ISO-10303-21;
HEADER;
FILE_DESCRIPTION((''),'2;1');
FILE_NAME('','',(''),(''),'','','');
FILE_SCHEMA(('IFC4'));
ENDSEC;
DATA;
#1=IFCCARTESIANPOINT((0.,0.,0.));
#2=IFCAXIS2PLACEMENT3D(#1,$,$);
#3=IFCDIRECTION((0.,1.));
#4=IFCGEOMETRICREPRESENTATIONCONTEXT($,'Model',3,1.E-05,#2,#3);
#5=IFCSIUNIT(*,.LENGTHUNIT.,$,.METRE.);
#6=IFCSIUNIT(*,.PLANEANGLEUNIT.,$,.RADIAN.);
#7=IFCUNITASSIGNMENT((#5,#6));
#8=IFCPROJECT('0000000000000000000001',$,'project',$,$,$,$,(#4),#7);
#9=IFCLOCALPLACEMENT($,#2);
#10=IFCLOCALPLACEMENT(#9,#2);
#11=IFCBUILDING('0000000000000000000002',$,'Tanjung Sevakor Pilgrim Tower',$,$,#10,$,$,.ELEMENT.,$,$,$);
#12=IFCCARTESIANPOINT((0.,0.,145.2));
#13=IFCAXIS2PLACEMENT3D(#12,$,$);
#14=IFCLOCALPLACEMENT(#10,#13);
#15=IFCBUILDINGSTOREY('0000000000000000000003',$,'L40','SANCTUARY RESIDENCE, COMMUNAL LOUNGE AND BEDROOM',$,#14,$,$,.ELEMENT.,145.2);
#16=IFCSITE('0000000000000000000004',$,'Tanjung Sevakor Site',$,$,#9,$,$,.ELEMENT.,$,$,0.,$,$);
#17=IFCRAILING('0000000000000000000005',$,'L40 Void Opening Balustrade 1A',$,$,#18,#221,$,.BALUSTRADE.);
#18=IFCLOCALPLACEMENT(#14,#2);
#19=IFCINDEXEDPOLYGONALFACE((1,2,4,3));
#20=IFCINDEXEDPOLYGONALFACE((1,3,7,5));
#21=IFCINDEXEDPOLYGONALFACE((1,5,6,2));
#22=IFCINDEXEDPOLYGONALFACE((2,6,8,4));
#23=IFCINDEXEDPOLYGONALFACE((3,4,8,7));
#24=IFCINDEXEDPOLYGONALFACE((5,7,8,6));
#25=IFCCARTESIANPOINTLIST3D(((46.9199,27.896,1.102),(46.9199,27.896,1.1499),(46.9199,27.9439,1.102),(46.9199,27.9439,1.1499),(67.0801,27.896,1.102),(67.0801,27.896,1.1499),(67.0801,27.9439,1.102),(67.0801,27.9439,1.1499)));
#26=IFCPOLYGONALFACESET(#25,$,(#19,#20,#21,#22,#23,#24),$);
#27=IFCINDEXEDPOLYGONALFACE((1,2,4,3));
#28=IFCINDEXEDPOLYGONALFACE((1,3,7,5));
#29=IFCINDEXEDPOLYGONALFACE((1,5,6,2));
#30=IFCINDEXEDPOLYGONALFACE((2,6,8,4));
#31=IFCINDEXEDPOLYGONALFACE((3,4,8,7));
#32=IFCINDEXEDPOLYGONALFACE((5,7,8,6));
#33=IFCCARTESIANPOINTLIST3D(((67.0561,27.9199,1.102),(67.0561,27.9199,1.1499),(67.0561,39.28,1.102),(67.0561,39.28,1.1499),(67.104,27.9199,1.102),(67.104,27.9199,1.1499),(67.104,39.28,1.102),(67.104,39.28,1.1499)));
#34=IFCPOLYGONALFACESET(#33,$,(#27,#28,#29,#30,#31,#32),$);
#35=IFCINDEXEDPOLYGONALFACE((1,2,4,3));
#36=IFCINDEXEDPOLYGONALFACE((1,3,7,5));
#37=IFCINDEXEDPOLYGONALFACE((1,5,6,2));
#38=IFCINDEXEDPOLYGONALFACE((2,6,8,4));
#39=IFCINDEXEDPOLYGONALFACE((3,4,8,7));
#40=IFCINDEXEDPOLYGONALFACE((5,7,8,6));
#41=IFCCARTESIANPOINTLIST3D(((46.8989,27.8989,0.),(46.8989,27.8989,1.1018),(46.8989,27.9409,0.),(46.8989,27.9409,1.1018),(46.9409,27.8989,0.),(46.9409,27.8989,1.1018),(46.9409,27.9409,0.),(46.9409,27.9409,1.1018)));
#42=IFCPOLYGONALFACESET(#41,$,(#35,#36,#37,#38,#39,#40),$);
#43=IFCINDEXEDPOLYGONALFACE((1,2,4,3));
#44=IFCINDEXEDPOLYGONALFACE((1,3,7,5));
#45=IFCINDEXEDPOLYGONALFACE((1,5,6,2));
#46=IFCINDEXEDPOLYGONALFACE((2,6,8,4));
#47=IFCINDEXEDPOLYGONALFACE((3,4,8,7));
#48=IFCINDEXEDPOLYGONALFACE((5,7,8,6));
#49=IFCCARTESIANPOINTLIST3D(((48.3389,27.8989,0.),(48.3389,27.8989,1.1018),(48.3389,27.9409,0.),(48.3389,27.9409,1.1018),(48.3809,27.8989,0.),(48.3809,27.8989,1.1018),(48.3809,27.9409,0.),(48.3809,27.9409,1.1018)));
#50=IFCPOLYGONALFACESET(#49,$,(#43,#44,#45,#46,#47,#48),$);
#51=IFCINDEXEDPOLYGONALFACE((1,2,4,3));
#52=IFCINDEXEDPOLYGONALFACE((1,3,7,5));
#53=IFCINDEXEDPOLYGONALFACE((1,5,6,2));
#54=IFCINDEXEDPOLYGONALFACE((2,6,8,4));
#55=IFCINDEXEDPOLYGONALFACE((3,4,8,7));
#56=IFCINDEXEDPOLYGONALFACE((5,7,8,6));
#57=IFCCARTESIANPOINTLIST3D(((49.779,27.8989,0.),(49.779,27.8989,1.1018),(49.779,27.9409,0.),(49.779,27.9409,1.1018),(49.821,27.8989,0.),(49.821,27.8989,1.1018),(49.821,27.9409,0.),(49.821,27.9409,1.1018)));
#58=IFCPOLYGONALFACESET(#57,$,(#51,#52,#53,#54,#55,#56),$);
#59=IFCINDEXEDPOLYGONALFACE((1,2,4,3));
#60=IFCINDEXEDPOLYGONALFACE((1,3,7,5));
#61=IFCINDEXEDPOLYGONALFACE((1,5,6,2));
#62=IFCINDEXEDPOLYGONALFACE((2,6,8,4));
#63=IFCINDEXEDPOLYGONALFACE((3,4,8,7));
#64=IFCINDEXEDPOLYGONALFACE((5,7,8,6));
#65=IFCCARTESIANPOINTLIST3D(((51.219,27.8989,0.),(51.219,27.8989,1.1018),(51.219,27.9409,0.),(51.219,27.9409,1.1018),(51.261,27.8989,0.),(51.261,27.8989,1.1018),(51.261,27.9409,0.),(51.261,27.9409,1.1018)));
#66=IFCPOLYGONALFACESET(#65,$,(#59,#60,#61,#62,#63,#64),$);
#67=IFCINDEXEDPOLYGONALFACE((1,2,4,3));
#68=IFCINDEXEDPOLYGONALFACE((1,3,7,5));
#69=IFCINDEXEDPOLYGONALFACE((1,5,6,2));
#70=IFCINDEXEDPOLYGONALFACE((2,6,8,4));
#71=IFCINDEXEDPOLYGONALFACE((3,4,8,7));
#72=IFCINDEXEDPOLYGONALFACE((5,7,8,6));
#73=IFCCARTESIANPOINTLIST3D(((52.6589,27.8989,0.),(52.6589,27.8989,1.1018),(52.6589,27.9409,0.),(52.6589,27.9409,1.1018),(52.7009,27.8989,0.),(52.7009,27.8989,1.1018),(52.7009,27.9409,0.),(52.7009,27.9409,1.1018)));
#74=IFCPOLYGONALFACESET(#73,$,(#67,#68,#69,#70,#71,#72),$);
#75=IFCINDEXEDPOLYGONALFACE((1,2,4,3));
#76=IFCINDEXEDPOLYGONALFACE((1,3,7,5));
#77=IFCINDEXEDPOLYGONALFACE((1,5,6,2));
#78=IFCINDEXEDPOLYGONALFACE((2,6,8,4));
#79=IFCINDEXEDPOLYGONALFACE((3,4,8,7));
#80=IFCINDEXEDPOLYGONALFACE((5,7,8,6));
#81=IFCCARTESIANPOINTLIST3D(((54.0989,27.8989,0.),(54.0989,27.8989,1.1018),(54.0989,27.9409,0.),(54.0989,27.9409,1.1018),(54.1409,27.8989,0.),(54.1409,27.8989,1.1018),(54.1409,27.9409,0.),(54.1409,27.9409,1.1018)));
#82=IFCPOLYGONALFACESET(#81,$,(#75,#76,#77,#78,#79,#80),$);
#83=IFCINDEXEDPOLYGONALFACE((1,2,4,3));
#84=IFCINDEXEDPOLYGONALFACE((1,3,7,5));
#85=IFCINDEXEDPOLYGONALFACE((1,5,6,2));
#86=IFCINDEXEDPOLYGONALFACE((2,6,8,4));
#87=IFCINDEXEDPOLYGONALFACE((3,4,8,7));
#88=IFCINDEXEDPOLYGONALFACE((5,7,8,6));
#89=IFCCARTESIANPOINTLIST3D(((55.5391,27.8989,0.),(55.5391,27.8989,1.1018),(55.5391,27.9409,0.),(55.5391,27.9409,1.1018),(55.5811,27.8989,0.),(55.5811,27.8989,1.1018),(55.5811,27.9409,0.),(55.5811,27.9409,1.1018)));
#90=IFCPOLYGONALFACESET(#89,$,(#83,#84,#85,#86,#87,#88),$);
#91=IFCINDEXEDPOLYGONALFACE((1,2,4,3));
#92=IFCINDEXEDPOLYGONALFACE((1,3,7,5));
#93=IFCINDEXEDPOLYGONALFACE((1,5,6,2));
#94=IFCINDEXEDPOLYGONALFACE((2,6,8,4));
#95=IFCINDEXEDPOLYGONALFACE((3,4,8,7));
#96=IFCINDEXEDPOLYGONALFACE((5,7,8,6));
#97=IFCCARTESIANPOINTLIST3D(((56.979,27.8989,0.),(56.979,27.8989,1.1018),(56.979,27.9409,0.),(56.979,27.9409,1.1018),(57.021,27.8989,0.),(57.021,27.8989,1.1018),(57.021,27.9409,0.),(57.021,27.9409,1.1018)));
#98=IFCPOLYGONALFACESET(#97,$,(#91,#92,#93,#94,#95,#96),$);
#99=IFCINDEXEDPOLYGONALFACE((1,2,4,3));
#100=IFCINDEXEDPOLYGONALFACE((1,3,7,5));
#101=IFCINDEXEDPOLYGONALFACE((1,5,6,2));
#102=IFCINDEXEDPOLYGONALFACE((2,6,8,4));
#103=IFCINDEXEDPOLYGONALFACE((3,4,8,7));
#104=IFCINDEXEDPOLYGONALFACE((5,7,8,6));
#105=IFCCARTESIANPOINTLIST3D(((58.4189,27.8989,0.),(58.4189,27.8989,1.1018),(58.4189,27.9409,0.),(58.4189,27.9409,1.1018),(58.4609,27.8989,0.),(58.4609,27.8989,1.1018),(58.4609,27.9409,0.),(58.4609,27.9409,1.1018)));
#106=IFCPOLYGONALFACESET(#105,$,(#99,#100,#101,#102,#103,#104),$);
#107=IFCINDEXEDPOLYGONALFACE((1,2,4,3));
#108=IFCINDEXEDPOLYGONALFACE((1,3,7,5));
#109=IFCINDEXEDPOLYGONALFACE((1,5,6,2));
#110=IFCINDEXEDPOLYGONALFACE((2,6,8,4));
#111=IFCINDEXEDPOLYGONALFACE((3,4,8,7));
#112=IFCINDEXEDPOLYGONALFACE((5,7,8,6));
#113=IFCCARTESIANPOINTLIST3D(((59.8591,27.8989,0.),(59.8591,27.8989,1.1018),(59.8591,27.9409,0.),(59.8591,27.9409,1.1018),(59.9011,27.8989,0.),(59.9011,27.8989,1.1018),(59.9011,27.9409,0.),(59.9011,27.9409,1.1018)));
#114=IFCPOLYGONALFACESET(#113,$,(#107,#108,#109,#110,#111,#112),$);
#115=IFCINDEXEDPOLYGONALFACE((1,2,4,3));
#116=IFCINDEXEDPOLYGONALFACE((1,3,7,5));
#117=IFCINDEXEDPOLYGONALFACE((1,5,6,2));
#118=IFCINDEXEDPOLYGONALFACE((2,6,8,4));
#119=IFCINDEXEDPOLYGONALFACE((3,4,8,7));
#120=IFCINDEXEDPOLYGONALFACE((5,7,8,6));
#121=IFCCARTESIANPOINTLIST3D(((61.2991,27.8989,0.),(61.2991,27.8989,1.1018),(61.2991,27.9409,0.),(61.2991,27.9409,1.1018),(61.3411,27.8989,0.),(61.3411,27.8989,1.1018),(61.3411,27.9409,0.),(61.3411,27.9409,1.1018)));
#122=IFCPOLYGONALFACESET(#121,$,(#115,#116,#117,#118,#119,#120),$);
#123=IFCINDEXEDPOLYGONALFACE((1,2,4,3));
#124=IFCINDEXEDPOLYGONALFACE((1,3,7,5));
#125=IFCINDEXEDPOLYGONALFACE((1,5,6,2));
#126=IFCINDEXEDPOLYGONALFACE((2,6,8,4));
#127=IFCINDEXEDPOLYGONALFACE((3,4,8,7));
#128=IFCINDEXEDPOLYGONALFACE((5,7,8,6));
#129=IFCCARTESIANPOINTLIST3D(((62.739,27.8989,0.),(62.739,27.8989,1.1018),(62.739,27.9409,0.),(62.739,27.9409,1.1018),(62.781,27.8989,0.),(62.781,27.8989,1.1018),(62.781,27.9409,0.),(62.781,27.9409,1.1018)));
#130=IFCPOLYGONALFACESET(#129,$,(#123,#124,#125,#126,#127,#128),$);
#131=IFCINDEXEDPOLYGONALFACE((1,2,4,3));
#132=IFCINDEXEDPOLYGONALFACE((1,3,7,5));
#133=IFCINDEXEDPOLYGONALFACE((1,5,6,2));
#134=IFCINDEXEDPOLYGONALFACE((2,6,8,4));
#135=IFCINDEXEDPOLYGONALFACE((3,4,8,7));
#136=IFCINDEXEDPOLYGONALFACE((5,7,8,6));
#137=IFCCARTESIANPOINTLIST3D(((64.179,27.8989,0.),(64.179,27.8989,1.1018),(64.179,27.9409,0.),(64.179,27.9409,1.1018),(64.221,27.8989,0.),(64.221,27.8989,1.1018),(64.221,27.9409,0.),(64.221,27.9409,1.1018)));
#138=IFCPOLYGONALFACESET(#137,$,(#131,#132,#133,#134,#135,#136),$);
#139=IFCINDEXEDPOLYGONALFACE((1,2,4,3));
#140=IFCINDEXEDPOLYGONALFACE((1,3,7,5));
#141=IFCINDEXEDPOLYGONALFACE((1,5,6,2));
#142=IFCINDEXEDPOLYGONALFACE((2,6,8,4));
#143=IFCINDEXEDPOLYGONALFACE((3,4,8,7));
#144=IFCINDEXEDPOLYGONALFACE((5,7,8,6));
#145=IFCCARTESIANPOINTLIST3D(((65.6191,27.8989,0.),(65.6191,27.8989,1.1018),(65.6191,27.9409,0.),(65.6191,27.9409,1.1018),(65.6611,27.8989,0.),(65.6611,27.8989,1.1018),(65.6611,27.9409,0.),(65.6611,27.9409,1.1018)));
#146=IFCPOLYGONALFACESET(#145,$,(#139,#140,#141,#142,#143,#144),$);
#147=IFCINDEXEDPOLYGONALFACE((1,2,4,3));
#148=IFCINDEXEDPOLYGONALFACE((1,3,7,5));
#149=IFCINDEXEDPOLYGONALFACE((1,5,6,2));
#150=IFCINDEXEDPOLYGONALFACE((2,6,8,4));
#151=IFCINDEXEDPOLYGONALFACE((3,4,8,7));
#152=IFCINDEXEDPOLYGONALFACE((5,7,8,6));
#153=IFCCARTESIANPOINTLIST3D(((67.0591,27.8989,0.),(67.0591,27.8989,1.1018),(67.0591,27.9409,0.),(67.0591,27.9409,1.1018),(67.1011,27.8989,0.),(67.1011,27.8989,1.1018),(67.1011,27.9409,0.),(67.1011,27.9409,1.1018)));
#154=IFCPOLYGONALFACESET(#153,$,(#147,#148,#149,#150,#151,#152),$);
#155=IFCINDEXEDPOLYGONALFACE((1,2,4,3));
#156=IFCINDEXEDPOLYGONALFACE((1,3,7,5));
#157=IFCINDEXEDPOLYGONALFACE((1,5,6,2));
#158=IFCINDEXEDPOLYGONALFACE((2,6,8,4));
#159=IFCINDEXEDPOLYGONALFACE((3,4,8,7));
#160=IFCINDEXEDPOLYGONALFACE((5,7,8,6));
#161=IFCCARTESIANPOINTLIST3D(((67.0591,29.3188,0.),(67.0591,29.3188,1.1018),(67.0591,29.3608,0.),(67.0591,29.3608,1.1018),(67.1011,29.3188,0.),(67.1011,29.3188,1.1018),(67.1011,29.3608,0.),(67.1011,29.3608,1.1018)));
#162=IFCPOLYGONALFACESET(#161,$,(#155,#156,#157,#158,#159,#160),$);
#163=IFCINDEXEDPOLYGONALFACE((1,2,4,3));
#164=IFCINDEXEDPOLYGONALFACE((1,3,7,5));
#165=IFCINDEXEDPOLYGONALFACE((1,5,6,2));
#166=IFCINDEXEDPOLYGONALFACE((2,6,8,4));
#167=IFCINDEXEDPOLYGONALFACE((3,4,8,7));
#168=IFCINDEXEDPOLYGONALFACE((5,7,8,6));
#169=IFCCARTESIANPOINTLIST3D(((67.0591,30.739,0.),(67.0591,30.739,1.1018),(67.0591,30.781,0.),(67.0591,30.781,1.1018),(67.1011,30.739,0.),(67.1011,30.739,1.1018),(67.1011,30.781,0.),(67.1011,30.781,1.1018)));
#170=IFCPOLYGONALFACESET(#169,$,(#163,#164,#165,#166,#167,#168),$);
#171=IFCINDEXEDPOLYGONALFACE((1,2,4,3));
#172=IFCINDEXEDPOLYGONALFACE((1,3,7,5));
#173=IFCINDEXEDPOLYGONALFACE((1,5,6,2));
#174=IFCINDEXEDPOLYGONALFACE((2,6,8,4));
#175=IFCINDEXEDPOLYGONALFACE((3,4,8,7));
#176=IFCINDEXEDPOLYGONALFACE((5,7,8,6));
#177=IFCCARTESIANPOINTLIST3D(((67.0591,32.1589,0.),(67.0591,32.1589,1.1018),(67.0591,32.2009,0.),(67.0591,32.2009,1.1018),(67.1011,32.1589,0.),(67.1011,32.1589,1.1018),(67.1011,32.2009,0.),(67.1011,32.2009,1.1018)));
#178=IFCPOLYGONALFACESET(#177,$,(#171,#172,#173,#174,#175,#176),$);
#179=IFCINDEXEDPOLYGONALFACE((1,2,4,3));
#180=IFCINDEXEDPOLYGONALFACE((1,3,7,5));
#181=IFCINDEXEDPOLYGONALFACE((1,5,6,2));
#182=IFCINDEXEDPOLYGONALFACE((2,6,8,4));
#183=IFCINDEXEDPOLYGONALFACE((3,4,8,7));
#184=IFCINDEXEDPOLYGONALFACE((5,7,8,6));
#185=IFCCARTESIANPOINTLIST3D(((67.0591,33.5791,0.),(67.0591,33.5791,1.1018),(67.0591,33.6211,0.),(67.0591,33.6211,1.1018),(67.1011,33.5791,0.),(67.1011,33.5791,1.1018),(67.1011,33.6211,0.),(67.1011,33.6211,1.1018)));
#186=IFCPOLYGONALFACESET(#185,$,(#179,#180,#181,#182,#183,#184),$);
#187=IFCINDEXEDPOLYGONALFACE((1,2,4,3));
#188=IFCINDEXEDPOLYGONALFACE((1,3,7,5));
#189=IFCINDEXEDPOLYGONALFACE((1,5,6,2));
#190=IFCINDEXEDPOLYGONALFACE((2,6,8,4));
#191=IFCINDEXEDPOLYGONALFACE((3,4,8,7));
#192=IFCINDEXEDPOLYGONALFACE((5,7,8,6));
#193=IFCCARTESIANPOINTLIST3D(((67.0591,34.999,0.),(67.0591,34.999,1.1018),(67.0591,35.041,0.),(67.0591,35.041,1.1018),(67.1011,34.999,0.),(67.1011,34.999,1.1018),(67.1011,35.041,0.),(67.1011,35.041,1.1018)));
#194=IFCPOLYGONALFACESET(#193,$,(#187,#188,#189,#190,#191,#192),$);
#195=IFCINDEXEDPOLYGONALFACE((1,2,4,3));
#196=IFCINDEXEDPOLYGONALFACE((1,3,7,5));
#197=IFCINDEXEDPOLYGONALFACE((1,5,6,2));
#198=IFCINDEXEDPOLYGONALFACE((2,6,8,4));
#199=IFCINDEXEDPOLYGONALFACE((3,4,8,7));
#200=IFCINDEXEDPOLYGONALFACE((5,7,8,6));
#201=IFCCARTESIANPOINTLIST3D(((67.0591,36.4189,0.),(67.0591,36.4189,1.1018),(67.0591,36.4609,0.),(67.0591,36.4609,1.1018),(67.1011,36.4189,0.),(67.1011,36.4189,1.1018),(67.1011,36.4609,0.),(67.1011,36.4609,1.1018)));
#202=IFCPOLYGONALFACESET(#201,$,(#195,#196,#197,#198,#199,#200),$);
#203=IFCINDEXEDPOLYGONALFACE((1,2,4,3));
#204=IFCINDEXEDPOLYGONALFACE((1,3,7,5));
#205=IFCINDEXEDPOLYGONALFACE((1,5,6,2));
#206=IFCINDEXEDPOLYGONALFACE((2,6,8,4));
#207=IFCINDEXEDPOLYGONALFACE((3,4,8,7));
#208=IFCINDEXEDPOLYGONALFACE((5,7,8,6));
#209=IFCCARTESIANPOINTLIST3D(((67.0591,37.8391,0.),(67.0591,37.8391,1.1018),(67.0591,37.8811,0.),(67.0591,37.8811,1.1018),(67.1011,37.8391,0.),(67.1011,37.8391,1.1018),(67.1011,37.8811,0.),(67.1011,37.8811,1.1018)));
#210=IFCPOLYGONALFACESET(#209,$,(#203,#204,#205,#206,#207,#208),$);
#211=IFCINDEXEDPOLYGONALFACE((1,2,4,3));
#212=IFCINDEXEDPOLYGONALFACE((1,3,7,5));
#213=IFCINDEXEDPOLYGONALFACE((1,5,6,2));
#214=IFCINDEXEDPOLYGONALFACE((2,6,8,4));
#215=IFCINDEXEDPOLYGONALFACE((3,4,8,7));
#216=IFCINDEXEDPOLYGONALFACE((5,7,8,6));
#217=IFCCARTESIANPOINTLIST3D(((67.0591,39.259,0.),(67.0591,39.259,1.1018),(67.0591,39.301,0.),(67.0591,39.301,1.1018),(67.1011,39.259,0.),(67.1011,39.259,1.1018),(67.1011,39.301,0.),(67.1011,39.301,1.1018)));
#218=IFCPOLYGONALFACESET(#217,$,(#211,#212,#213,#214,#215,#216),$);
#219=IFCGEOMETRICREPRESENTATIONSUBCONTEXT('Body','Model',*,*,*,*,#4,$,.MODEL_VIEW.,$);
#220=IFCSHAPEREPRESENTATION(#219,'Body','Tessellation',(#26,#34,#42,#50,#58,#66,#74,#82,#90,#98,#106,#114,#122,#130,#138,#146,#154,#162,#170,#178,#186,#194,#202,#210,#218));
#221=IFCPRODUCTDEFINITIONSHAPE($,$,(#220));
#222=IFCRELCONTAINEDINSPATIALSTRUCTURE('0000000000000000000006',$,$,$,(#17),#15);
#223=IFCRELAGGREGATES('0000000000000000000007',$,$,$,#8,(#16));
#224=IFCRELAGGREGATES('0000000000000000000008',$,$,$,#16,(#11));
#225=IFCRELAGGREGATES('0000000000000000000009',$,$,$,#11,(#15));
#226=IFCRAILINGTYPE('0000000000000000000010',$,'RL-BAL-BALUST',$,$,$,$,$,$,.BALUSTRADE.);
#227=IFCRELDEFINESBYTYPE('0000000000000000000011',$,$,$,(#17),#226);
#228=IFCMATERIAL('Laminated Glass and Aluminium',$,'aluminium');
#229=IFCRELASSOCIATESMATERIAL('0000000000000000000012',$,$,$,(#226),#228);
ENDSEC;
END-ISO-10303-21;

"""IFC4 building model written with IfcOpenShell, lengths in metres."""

from ifc_helpers import new_model, si_unit, direction, frame, origin, place, context, subcontext, project, spatial, rectangle, extrude, material, type_object, element, save


model = new_model("IFC4")

# Units and contexts
model_context = context("Model", 3, precision=1e-05, world=origin(), true_north=direction((0.0, 1.0)))
body_context = subcontext(model_context, "Body", "Model", "MODEL_VIEW")
ifc_project = project(units=[si_unit("LENGTHUNIT", "METRE"), si_unit("PLANEANGLEUNIT", "RADIAN")], contexts=[model_context])

# Site, building, storey
site_placement = place(None, origin())
site = spatial("IfcSite", under=ifc_project, at=site_placement, Name="Tanjung Sevakor Site", CompositionType="ELEMENT", RefElevation=0.0)
building_placement = place(site_placement, origin())
building = spatial("IfcBuilding", under=site, at=building_placement, Name="Tanjung Sevakor Pilgrim Tower", CompositionType="ELEMENT")
storey_placement = place(building_placement, frame((0.0, 0.0, 145.2)))
storey = spatial("IfcBuildingStorey", under=building, at=storey_placement, Name="L40", Description="SANCTUARY RESIDENCE, COMMUNAL LOUNGE AND BEDROOM", CompositionType="ELEMENT", Elevation=145.2)

# Railing
ifc_material_1 = material(Name="Laminated Glass and Aluminium", Category="aluminium")
railing_type = type_object("IfcRailingType", Name="RL-BAL-BALUST", PredefinedType="BALUSTRADE", material=ifc_material_1)
railing_placement = place(storey_placement, frame((46.9199, 27.9199, 0.0)))
element("IfcRailing", 1, at=railing_placement, inside=storey, type_object=railing_type, Name="L40 Void Opening Balustrade 1A", PredefinedType="BALUSTRADE", context=body_context, shape_type="SweptSolid", body=[
    extrude(rectangle(XDim=0.0479, YDim=0.0479), frame((0.0, 0.0, 1.126), z_axis=(1.0, 0.0, 0.0), x_axis=(0.0, 1.0, 0.0)), (0.0, 0.0, 1.0), 20.1602),
    extrude(rectangle(XDim=0.0479, YDim=0.0479), frame((20.1602, 0.0, 1.126), z_axis=(0.0, 1.0, 0.0), x_axis=(-1.0, 0.0, 0.0)), (0.0, 0.0, 1.0), 11.3601),
    extrude(rectangle(XDim=0.042, YDim=0.042), origin(), (0.0, 0.0, 1.0), 1.1018),
    extrude(rectangle(XDim=0.042, YDim=0.042), frame((1.4399, 0.0, 0.0)), (0.0, 0.0, 1.0), 1.1018),
    extrude(rectangle(XDim=0.042, YDim=0.042), frame((2.8801, 0.0, 0.0)), (0.0, 0.0, 1.0), 1.1018),
    extrude(rectangle(XDim=0.042, YDim=0.042), frame((4.3201, 0.0, 0.0)), (0.0, 0.0, 1.0), 1.1018),
    extrude(rectangle(XDim=0.042, YDim=0.042), frame((5.76, 0.0, 0.0)), (0.0, 0.0, 1.0), 1.1018),
    extrude(rectangle(XDim=0.042, YDim=0.042), frame((7.2, 0.0, 0.0)), (0.0, 0.0, 1.0), 1.1018),
    extrude(rectangle(XDim=0.042, YDim=0.042), frame((8.6401, 0.0, 0.0)), (0.0, 0.0, 1.0), 1.1018),
    extrude(rectangle(XDim=0.042, YDim=0.042), frame((10.0801, 0.0, 0.0)), (0.0, 0.0, 1.0), 1.1018),
    extrude(rectangle(XDim=0.042, YDim=0.042), frame((11.52, 0.0, 0.0)), (0.0, 0.0, 1.0), 1.1018),
    extrude(rectangle(XDim=0.042, YDim=0.042), frame((12.9602, 0.0, 0.0)), (0.0, 0.0, 1.0), 1.1018),
    extrude(rectangle(XDim=0.042, YDim=0.042), frame((14.4001, 0.0, 0.0)), (0.0, 0.0, 1.0), 1.1018),
    extrude(rectangle(XDim=0.042, YDim=0.042), frame((15.8401, 0.0, 0.0)), (0.0, 0.0, 1.0), 1.1018),
    extrude(rectangle(XDim=0.042, YDim=0.042), frame((17.28, 0.0, 0.0)), (0.0, 0.0, 1.0), 1.1018),
    extrude(rectangle(XDim=0.042, YDim=0.042), frame((18.7202, 0.0, 0.0)), (0.0, 0.0, 1.0), 1.1018),
    extrude(rectangle(XDim=0.042, YDim=0.042), frame((20.1602, 0.0, 0.0)), (0.0, 0.0, 1.0), 1.1018),
    extrude(rectangle(XDim=0.042, YDim=0.042), frame((20.1602, 1.4199, 0.0)), (0.0, 0.0, 1.0), 1.1018),
    extrude(rectangle(XDim=0.042, YDim=0.042), frame((20.1602, 2.8401, 0.0)), (0.0, 0.0, 1.0), 1.1018),
    extrude(rectangle(XDim=0.042, YDim=0.042), frame((20.1602, 4.26, 0.0)), (0.0, 0.0, 1.0), 1.1018),
    extrude(rectangle(XDim=0.042, YDim=0.042), frame((20.1602, 5.6802, 0.0)), (0.0, 0.0, 1.0), 1.1018),
    extrude(rectangle(XDim=0.042, YDim=0.042), frame((20.1602, 7.1001, 0.0)), (0.0, 0.0, 1.0), 1.1018),
    extrude(rectangle(XDim=0.042, YDim=0.042), frame((20.1602, 8.52, 0.0)), (0.0, 0.0, 1.0), 1.1018),
    extrude(rectangle(XDim=0.042, YDim=0.042), frame((20.1602, 9.9402, 0.0)), (0.0, 0.0, 1.0), 1.1018),
    extrude(rectangle(XDim=0.042, YDim=0.042), frame((20.1602, 11.3601, 0.0)), (0.0, 0.0, 1.0), 1.1018),
])

save(model, "model.ifc")
